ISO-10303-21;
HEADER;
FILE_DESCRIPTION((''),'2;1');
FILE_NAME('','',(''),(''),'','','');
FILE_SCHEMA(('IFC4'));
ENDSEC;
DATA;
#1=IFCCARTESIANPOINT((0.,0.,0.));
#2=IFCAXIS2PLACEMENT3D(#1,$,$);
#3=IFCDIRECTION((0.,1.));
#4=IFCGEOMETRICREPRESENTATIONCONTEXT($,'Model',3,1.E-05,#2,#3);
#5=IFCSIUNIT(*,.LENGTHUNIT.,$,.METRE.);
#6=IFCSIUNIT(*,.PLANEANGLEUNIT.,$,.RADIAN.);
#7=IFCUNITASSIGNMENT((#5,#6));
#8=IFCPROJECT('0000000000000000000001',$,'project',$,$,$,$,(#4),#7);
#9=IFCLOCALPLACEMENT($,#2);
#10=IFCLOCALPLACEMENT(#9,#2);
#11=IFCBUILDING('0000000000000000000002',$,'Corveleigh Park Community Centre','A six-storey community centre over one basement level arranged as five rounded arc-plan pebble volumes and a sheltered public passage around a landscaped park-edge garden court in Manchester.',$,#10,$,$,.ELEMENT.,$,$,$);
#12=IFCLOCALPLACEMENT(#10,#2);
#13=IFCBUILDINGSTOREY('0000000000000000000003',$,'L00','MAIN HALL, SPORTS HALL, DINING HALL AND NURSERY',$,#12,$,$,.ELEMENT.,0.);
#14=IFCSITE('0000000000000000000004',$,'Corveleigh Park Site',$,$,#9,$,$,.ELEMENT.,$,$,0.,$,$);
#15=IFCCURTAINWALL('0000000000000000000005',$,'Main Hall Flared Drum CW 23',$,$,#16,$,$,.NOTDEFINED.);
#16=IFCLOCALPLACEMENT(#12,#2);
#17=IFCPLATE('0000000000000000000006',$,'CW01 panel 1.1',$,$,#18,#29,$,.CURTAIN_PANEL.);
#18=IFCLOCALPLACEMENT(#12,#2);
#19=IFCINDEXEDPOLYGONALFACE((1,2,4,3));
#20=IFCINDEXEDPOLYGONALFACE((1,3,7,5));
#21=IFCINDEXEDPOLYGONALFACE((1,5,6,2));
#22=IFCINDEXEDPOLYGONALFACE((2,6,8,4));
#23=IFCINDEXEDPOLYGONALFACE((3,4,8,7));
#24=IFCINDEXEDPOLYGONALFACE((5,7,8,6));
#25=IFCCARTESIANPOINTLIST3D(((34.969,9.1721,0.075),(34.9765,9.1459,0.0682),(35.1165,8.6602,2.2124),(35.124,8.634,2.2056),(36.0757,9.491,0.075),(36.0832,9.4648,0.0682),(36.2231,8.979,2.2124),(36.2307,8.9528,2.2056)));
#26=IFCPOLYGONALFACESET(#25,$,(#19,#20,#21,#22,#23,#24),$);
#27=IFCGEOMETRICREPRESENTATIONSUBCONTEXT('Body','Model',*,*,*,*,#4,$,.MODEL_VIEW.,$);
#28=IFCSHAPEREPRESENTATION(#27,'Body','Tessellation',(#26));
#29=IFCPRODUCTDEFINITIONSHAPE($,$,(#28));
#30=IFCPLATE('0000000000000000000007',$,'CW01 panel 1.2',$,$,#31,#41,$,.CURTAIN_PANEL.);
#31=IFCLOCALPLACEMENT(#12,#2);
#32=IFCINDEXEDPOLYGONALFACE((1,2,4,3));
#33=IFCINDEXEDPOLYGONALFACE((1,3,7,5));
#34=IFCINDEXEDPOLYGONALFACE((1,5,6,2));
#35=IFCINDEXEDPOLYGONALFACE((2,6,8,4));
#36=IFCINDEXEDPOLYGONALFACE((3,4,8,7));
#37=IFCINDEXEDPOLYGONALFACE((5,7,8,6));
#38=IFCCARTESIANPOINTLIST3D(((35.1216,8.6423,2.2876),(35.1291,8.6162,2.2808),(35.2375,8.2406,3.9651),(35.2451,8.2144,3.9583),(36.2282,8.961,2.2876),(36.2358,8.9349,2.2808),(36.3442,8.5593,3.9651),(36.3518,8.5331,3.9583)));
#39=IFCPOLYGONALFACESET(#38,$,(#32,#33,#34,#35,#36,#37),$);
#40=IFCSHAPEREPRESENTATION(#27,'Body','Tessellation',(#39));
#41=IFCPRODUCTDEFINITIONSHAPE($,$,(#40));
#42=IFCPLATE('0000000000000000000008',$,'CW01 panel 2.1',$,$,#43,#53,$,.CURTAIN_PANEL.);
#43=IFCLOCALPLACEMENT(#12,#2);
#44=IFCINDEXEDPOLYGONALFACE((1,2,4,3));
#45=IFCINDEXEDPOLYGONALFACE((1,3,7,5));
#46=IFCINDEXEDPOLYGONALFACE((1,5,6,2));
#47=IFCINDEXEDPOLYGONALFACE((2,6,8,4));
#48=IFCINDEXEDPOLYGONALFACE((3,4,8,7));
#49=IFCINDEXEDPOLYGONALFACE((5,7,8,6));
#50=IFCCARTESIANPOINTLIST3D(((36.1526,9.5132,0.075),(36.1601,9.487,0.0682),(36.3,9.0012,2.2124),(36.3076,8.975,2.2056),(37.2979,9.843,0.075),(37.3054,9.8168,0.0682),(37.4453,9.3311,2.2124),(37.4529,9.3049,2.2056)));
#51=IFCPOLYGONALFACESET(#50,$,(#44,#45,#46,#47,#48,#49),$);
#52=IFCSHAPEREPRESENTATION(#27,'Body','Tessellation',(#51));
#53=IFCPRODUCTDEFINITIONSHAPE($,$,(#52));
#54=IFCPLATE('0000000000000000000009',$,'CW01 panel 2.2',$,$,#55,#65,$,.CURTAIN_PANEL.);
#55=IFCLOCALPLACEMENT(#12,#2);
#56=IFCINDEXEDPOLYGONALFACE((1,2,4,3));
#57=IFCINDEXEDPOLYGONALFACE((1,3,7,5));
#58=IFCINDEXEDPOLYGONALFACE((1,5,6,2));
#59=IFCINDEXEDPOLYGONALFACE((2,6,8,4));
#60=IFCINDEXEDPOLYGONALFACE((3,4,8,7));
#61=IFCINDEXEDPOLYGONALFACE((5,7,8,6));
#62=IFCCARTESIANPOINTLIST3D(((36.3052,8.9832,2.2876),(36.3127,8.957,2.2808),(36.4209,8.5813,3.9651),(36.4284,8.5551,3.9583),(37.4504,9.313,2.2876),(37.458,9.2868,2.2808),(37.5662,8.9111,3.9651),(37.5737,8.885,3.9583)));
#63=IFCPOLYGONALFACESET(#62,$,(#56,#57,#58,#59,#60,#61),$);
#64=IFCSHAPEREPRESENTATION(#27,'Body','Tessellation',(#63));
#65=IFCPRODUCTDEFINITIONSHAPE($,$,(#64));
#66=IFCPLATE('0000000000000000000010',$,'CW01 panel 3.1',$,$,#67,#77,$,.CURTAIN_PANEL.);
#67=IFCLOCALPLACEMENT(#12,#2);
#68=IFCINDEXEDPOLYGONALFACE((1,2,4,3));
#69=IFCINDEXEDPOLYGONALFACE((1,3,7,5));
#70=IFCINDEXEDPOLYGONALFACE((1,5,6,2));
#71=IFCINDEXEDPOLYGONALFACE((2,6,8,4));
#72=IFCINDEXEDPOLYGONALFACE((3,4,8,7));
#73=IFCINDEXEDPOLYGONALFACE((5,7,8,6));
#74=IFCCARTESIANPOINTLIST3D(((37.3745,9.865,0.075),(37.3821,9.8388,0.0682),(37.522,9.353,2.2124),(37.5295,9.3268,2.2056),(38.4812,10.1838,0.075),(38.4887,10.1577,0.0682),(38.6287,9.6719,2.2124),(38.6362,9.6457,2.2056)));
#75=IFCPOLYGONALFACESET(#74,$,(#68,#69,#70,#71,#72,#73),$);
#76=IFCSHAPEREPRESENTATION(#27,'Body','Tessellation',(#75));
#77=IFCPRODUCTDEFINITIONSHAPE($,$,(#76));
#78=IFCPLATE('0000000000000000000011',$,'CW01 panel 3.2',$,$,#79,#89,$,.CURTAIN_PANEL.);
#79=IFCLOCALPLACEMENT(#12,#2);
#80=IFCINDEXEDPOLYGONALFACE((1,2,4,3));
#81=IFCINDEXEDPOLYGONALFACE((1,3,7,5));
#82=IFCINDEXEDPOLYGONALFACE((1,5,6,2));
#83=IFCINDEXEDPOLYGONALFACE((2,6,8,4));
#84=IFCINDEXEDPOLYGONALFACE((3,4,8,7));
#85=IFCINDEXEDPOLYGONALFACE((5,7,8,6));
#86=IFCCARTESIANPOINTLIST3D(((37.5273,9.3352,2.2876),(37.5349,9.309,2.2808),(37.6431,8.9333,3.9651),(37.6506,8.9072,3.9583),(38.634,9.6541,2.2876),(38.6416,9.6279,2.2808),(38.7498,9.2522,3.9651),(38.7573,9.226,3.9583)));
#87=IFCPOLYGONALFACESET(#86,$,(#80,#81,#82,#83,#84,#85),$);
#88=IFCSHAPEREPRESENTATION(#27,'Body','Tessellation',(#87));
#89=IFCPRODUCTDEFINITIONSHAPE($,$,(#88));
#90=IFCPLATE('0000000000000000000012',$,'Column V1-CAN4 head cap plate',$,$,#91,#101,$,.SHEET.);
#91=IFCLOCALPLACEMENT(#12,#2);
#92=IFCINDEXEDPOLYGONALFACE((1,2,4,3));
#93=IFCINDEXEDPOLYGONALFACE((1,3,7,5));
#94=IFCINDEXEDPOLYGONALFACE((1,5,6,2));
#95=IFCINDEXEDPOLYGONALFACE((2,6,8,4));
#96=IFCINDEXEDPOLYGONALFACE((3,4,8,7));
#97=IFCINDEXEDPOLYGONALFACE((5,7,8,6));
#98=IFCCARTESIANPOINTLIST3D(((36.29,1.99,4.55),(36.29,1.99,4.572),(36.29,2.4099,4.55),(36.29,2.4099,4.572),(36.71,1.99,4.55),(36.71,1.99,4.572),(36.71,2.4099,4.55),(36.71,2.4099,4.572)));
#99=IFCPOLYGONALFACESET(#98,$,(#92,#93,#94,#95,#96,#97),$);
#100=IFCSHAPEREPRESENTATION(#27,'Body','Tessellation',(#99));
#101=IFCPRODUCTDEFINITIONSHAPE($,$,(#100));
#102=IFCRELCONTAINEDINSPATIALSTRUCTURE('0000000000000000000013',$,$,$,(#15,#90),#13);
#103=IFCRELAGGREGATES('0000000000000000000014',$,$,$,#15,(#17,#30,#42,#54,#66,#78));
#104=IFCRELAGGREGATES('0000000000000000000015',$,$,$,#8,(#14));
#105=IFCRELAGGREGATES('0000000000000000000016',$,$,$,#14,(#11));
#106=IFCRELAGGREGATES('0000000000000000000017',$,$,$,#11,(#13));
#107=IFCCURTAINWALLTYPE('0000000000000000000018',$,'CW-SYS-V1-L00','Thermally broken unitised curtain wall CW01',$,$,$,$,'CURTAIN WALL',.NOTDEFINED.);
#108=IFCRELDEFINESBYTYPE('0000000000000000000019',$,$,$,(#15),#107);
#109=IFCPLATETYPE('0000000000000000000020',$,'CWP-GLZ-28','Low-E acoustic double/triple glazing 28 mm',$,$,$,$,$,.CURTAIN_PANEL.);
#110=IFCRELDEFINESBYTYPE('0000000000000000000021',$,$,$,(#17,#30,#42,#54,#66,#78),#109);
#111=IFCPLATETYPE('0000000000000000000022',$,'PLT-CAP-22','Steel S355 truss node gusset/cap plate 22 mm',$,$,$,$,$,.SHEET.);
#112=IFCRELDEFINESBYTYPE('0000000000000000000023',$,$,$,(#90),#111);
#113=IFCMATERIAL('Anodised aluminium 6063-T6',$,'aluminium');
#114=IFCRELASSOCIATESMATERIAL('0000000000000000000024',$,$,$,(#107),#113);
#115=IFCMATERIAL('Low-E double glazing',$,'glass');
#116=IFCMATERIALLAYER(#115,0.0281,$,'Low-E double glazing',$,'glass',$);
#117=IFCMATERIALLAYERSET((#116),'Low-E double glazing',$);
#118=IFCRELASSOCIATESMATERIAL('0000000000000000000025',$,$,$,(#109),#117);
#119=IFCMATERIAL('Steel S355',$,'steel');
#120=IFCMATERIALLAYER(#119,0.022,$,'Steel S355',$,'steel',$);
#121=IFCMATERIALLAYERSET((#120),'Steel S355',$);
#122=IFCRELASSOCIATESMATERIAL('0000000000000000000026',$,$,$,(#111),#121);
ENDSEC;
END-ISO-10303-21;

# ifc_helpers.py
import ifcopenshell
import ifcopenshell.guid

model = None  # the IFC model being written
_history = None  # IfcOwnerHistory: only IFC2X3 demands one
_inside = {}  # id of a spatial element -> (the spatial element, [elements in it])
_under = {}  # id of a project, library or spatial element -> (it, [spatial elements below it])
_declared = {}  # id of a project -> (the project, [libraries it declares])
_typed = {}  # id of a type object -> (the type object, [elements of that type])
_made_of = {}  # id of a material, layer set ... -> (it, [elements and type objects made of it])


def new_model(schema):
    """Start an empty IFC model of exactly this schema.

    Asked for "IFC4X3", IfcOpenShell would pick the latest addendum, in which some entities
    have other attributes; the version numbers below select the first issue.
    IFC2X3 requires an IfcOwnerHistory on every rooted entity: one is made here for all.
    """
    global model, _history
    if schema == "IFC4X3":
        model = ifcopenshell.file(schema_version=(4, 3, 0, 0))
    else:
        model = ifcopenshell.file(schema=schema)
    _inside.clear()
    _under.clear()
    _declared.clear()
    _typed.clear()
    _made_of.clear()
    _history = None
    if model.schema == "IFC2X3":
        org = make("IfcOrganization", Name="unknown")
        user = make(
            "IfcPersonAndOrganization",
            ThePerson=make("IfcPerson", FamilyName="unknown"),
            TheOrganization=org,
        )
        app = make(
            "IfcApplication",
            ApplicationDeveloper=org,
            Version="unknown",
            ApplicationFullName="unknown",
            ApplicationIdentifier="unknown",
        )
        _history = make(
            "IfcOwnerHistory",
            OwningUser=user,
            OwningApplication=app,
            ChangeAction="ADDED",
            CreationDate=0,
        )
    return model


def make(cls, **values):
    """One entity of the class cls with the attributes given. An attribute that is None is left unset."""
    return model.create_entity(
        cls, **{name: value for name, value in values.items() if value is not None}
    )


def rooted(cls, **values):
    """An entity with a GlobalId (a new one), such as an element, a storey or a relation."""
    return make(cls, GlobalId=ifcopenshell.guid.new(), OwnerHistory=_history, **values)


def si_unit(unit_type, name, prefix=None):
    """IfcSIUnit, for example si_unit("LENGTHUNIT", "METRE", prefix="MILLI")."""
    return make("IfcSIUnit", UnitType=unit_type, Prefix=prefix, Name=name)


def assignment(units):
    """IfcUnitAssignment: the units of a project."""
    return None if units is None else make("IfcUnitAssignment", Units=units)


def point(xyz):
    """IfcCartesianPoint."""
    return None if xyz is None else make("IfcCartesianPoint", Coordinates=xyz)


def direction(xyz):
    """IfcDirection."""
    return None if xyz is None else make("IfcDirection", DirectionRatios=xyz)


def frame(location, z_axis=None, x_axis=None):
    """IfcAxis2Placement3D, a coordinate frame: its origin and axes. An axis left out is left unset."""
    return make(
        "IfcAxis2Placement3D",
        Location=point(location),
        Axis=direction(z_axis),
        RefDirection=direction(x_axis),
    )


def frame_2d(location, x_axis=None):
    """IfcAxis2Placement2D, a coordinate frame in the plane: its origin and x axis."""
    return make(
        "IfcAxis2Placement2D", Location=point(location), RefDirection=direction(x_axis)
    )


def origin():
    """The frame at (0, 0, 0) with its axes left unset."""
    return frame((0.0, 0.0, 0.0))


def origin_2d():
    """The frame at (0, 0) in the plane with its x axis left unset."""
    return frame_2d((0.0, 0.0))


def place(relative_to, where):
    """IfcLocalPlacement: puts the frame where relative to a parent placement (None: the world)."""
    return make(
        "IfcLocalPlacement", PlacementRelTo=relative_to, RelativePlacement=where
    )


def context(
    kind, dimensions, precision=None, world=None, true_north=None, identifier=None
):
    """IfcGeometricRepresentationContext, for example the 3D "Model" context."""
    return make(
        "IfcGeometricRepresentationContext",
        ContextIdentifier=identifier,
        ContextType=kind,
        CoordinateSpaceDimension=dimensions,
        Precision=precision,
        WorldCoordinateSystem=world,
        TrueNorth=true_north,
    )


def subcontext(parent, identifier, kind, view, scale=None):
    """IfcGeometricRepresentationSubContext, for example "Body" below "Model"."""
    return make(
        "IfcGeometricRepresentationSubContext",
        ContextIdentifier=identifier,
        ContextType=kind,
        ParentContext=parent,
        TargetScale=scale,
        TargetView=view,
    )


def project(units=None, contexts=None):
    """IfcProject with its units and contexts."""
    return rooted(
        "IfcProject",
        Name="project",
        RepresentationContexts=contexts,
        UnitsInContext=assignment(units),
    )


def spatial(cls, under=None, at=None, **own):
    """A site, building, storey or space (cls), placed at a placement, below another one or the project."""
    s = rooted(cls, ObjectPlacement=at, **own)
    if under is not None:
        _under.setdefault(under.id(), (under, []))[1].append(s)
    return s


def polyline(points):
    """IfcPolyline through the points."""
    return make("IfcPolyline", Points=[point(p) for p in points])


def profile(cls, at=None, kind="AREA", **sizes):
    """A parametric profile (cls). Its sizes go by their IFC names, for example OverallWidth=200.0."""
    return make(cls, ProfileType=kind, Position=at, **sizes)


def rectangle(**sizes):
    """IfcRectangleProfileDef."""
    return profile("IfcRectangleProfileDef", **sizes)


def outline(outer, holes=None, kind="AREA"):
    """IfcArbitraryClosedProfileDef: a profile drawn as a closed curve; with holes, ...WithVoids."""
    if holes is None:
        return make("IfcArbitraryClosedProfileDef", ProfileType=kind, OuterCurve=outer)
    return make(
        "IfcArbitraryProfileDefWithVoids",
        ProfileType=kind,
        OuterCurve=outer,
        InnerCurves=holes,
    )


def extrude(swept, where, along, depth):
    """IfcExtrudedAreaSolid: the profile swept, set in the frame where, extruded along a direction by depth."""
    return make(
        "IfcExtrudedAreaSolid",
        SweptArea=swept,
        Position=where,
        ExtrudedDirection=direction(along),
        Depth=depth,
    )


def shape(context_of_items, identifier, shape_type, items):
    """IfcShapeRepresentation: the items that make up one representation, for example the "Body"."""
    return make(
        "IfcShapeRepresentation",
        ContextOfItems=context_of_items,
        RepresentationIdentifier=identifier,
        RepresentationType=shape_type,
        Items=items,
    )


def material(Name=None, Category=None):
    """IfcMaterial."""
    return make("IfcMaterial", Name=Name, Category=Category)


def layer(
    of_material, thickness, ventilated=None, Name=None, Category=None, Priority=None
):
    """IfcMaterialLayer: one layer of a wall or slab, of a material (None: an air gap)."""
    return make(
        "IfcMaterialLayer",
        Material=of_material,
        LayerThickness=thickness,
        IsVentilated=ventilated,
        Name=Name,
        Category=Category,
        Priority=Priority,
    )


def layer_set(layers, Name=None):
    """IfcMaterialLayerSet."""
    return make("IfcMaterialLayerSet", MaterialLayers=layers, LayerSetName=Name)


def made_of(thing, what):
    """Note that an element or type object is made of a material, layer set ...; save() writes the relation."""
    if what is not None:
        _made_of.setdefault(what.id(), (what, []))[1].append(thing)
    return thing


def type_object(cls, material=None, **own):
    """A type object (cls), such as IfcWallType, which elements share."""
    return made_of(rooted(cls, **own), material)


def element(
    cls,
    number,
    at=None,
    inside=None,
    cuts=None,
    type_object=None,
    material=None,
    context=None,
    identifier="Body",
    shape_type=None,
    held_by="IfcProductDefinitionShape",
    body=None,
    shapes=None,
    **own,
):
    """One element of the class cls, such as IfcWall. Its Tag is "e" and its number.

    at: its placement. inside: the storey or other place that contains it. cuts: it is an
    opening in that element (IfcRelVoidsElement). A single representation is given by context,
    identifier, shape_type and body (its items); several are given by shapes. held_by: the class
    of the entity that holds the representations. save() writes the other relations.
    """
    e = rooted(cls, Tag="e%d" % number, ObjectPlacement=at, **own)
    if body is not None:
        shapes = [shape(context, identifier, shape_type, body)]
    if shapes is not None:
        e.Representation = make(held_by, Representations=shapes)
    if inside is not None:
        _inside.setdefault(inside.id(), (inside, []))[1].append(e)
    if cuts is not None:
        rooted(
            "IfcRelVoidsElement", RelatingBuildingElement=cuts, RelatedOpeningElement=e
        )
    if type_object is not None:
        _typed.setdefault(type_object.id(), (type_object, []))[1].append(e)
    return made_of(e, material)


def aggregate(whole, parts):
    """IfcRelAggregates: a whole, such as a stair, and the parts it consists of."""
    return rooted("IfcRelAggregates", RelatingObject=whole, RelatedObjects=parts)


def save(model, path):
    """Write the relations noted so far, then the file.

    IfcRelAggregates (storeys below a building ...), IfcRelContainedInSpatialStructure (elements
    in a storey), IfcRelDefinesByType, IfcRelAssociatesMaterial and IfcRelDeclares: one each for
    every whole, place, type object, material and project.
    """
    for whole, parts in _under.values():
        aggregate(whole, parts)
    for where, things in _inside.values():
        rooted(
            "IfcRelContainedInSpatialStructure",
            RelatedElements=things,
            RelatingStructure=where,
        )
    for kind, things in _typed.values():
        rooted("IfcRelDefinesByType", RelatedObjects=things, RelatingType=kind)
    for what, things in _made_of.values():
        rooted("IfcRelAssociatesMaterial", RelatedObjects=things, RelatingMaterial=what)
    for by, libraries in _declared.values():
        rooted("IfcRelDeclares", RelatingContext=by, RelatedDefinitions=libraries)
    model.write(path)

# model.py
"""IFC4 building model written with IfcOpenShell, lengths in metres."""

from ifc_helpers import new_model, si_unit, direction, frame, origin, origin_2d, place, context, subcontext, project, spatial, polyline, rectangle, outline, extrude, material, layer, layer_set, type_object, element, aggregate, save


model = new_model("IFC4")

# Units and contexts
model_context = context("Model", 3, precision=1e-05, world=origin(), true_north=direction((0.0, 1.0)))
body_context = subcontext(model_context, "Body", "Model", "MODEL_VIEW")
ifc_project = project(units=[si_unit("LENGTHUNIT", "METRE"), si_unit("PLANEANGLEUNIT", "RADIAN")], contexts=[model_context])

# Site, building, storey
site_placement = place(None, origin())
site = spatial("IfcSite", under=ifc_project, at=site_placement, Name="Corveleigh Park Site", CompositionType="ELEMENT", RefElevation=0.0)
building_placement = place(site_placement, origin())
building = spatial("IfcBuilding", under=site, at=building_placement, Name="Corveleigh Park Community Centre", Description="A six-storey community centre over one basement level arranged as five rounded arc-plan pebble volumes and a sheltered public passage around a landscaped park-edge garden court in Manchester.", CompositionType="ELEMENT")
storey_placement = place(building_placement, origin())
storey = spatial("IfcBuildingStorey", under=building, at=storey_placement, Name="L00", Description="MAIN HALL, SPORTS HALL, DINING HALL AND NURSERY", CompositionType="ELEMENT", Elevation=0.0)

# Shared definitions
ifc_material_1 = material(Name="Steel S355", Category="steel")

# Curtain wall
ifc_material_2 = material(Name="Anodised aluminium 6063-T6", Category="aluminium")
curtain_wall_type = type_object("IfcCurtainWallType", Name="CW-SYS-V1-L00", Description="Thermally broken unitised curtain wall CW01", ElementType="CURTAIN WALL", PredefinedType="NOTDEFINED", material=ifc_material_2)
curtain_wall_1_placement = place(storey_placement, origin())
curtain_wall_1 = element("IfcCurtainWall", 1, at=curtain_wall_1_placement, inside=storey, type_object=curtain_wall_type, Name="Main Hall Flared Drum CW 23", PredefinedType="NOTDEFINED")

# Plates
ifc_material_3 = material(Name="Low-E double glazing", Category="glass")
ifc_layer_1 = layer(ifc_material_3, 0.0281, Name="Low-E double glazing", Category="glass")
ifc_layer_set_1 = layer_set([ifc_layer_1], Name="Low-E double glazing")
plate_type_1 = type_object("IfcPlateType", Name="CWP-GLZ-28", Description="Low-E acoustic double/triple glazing 28 mm", PredefinedType="CURTAIN_PANEL", material=ifc_layer_set_1)
plate_1_placement = place(storey_placement, frame((34.969, 9.1721, 0.075), z_axis=(-0.268629, 0.932386, 0.241858), x_axis=(0.960914, 0.276848, 0.0)))
plate_1 = element("IfcPlate", 2, at=plate_1_placement, type_object=plate_type_1, Name="CW01 panel 1.1", PredefinedType="CURTAIN_PANEL", context=body_context, shape_type="SweptSolid", body=[
    extrude(outline(polyline([(0.0, 0.0), (1.1517, 0.0), (1.1517, -2.2029), (0.0, -2.2029), (0.0, 0.0)])), origin(), (0.0, 0.0, -1.0), 0.0281),
])
plate_2_placement = place(storey_placement, frame((35.1216, 8.6423, 2.2876), z_axis=(-0.268534, 0.932412, 0.241863), x_axis=(0.960943, 0.276745, 0.000024)))
plate_2 = element("IfcPlate", 3, at=plate_2_placement, type_object=plate_type_1, Name="CW01 panel 1.2", PredefinedType="CURTAIN_PANEL", context=body_context, shape_type="SweptSolid", body=[
    extrude(outline(polyline([(0.0, 0.0), (1.1516, 0.0), (1.152, -1.7288), (0.0003, -1.7288), (0.0, 0.0)])), origin(), (0.0, 0.0, -1.0), 0.0281),
])
plate_3_placement = place(storey_placement, frame((36.1526, 9.5132, 0.075), z_axis=(-0.268533, 0.932413, 0.241858), x_axis=(0.960942, 0.27675, 0.0)))
plate_3 = element("IfcPlate", 4, at=plate_3_placement, type_object=plate_type_1, Name="CW01 panel 2.1", PredefinedType="CURTAIN_PANEL", context=body_context, shape_type="SweptSolid", body=[
    extrude(outline(polyline([(0.0, 0.0), (1.1918, 0.0), (1.1918, -2.2029), (0.0, -2.2029), (0.0, 0.0)])), origin(), (0.0, 0.0, -1.0), 0.0281),
])
plate_4_placement = place(storey_placement, frame((36.3052, 8.9832, 2.2876), z_axis=(-0.268531, 0.932406, 0.24189), x_axis=(0.960942, 0.27675, 0.0)))
plate_4 = element("IfcPlate", 5, at=plate_4_placement, type_object=plate_type_1, Name="CW01 panel 2.2", PredefinedType="CURTAIN_PANEL", context=body_context, shape_type="SweptSolid", body=[
    extrude(outline(polyline([(0.0, 0.0), (1.1918, 0.0), (1.1918, -1.7288), (0.0, -1.7288), (0.0, 0.0)])), origin(), (0.0, 0.0, -1.0), 0.0281),
])
plate_5_placement = place(storey_placement, frame((37.3745, 9.865, 0.075), z_axis=(-0.268629, 0.932386, 0.241858), x_axis=(0.960914, 0.276848, 0.0)))
plate_5 = element("IfcPlate", 6, at=plate_5_placement, type_object=plate_type_1, Name="CW01 panel 3.1", PredefinedType="CURTAIN_PANEL", context=body_context, shape_type="SweptSolid", body=[
    extrude(outline(polyline([(0.0, 0.0), (1.1517, 0.0), (1.1517, -2.2029), (0.0, -2.2029), (0.0, 0.0)])), origin(), (0.0, 0.0, -1.0), 0.0281),
])
plate_6_placement = place(storey_placement, frame((37.5273, 9.3352, 2.2876), z_axis=(-0.268627, 0.932378, 0.24189), x_axis=(0.960914, 0.276848, 0.0)))
plate_6 = element("IfcPlate", 7, at=plate_6_placement, type_object=plate_type_1, Name="CW01 panel 3.2", PredefinedType="CURTAIN_PANEL", context=body_context, shape_type="SweptSolid", body=[
    extrude(outline(polyline([(0.0, 0.0), (1.1517, 0.0), (1.1517, -1.7288), (-0.0001, -1.7288), (0.0, 0.0)])), origin(), (0.0, 0.0, -1.0), 0.0281),
])
aggregate(curtain_wall_1, [plate_1, plate_2, plate_3, plate_4, plate_5, plate_6])
ifc_layer_2 = layer(ifc_material_1, 0.022, Name="Steel S355", Category="steel")
ifc_layer_set_2 = layer_set([ifc_layer_2], Name="Steel S355")
plate_type_2 = type_object("IfcPlateType", Name="PLT-CAP-22", Description="Steel S355 truss node gusset/cap plate 22 mm", PredefinedType="SHEET", material=ifc_layer_set_2)
plate_7_placement = place(storey_placement, frame((36.5, 2.2, 4.55), z_axis=(0.0, 0.0, 1.0), x_axis=(1.0, 0.0, 0.0)))
element("IfcPlate", 8, at=plate_7_placement, inside=storey, type_object=plate_type_2, Name="Column V1-CAN4 head cap plate", PredefinedType="SHEET", context=body_context, shape_type="SweptSolid", body=[
    extrude(rectangle(XDim=0.4199, YDim=0.4199, at=origin_2d()), origin(), (0.0, 0.0, 1.0), 0.022),
])

save(model, "model.ifc")
